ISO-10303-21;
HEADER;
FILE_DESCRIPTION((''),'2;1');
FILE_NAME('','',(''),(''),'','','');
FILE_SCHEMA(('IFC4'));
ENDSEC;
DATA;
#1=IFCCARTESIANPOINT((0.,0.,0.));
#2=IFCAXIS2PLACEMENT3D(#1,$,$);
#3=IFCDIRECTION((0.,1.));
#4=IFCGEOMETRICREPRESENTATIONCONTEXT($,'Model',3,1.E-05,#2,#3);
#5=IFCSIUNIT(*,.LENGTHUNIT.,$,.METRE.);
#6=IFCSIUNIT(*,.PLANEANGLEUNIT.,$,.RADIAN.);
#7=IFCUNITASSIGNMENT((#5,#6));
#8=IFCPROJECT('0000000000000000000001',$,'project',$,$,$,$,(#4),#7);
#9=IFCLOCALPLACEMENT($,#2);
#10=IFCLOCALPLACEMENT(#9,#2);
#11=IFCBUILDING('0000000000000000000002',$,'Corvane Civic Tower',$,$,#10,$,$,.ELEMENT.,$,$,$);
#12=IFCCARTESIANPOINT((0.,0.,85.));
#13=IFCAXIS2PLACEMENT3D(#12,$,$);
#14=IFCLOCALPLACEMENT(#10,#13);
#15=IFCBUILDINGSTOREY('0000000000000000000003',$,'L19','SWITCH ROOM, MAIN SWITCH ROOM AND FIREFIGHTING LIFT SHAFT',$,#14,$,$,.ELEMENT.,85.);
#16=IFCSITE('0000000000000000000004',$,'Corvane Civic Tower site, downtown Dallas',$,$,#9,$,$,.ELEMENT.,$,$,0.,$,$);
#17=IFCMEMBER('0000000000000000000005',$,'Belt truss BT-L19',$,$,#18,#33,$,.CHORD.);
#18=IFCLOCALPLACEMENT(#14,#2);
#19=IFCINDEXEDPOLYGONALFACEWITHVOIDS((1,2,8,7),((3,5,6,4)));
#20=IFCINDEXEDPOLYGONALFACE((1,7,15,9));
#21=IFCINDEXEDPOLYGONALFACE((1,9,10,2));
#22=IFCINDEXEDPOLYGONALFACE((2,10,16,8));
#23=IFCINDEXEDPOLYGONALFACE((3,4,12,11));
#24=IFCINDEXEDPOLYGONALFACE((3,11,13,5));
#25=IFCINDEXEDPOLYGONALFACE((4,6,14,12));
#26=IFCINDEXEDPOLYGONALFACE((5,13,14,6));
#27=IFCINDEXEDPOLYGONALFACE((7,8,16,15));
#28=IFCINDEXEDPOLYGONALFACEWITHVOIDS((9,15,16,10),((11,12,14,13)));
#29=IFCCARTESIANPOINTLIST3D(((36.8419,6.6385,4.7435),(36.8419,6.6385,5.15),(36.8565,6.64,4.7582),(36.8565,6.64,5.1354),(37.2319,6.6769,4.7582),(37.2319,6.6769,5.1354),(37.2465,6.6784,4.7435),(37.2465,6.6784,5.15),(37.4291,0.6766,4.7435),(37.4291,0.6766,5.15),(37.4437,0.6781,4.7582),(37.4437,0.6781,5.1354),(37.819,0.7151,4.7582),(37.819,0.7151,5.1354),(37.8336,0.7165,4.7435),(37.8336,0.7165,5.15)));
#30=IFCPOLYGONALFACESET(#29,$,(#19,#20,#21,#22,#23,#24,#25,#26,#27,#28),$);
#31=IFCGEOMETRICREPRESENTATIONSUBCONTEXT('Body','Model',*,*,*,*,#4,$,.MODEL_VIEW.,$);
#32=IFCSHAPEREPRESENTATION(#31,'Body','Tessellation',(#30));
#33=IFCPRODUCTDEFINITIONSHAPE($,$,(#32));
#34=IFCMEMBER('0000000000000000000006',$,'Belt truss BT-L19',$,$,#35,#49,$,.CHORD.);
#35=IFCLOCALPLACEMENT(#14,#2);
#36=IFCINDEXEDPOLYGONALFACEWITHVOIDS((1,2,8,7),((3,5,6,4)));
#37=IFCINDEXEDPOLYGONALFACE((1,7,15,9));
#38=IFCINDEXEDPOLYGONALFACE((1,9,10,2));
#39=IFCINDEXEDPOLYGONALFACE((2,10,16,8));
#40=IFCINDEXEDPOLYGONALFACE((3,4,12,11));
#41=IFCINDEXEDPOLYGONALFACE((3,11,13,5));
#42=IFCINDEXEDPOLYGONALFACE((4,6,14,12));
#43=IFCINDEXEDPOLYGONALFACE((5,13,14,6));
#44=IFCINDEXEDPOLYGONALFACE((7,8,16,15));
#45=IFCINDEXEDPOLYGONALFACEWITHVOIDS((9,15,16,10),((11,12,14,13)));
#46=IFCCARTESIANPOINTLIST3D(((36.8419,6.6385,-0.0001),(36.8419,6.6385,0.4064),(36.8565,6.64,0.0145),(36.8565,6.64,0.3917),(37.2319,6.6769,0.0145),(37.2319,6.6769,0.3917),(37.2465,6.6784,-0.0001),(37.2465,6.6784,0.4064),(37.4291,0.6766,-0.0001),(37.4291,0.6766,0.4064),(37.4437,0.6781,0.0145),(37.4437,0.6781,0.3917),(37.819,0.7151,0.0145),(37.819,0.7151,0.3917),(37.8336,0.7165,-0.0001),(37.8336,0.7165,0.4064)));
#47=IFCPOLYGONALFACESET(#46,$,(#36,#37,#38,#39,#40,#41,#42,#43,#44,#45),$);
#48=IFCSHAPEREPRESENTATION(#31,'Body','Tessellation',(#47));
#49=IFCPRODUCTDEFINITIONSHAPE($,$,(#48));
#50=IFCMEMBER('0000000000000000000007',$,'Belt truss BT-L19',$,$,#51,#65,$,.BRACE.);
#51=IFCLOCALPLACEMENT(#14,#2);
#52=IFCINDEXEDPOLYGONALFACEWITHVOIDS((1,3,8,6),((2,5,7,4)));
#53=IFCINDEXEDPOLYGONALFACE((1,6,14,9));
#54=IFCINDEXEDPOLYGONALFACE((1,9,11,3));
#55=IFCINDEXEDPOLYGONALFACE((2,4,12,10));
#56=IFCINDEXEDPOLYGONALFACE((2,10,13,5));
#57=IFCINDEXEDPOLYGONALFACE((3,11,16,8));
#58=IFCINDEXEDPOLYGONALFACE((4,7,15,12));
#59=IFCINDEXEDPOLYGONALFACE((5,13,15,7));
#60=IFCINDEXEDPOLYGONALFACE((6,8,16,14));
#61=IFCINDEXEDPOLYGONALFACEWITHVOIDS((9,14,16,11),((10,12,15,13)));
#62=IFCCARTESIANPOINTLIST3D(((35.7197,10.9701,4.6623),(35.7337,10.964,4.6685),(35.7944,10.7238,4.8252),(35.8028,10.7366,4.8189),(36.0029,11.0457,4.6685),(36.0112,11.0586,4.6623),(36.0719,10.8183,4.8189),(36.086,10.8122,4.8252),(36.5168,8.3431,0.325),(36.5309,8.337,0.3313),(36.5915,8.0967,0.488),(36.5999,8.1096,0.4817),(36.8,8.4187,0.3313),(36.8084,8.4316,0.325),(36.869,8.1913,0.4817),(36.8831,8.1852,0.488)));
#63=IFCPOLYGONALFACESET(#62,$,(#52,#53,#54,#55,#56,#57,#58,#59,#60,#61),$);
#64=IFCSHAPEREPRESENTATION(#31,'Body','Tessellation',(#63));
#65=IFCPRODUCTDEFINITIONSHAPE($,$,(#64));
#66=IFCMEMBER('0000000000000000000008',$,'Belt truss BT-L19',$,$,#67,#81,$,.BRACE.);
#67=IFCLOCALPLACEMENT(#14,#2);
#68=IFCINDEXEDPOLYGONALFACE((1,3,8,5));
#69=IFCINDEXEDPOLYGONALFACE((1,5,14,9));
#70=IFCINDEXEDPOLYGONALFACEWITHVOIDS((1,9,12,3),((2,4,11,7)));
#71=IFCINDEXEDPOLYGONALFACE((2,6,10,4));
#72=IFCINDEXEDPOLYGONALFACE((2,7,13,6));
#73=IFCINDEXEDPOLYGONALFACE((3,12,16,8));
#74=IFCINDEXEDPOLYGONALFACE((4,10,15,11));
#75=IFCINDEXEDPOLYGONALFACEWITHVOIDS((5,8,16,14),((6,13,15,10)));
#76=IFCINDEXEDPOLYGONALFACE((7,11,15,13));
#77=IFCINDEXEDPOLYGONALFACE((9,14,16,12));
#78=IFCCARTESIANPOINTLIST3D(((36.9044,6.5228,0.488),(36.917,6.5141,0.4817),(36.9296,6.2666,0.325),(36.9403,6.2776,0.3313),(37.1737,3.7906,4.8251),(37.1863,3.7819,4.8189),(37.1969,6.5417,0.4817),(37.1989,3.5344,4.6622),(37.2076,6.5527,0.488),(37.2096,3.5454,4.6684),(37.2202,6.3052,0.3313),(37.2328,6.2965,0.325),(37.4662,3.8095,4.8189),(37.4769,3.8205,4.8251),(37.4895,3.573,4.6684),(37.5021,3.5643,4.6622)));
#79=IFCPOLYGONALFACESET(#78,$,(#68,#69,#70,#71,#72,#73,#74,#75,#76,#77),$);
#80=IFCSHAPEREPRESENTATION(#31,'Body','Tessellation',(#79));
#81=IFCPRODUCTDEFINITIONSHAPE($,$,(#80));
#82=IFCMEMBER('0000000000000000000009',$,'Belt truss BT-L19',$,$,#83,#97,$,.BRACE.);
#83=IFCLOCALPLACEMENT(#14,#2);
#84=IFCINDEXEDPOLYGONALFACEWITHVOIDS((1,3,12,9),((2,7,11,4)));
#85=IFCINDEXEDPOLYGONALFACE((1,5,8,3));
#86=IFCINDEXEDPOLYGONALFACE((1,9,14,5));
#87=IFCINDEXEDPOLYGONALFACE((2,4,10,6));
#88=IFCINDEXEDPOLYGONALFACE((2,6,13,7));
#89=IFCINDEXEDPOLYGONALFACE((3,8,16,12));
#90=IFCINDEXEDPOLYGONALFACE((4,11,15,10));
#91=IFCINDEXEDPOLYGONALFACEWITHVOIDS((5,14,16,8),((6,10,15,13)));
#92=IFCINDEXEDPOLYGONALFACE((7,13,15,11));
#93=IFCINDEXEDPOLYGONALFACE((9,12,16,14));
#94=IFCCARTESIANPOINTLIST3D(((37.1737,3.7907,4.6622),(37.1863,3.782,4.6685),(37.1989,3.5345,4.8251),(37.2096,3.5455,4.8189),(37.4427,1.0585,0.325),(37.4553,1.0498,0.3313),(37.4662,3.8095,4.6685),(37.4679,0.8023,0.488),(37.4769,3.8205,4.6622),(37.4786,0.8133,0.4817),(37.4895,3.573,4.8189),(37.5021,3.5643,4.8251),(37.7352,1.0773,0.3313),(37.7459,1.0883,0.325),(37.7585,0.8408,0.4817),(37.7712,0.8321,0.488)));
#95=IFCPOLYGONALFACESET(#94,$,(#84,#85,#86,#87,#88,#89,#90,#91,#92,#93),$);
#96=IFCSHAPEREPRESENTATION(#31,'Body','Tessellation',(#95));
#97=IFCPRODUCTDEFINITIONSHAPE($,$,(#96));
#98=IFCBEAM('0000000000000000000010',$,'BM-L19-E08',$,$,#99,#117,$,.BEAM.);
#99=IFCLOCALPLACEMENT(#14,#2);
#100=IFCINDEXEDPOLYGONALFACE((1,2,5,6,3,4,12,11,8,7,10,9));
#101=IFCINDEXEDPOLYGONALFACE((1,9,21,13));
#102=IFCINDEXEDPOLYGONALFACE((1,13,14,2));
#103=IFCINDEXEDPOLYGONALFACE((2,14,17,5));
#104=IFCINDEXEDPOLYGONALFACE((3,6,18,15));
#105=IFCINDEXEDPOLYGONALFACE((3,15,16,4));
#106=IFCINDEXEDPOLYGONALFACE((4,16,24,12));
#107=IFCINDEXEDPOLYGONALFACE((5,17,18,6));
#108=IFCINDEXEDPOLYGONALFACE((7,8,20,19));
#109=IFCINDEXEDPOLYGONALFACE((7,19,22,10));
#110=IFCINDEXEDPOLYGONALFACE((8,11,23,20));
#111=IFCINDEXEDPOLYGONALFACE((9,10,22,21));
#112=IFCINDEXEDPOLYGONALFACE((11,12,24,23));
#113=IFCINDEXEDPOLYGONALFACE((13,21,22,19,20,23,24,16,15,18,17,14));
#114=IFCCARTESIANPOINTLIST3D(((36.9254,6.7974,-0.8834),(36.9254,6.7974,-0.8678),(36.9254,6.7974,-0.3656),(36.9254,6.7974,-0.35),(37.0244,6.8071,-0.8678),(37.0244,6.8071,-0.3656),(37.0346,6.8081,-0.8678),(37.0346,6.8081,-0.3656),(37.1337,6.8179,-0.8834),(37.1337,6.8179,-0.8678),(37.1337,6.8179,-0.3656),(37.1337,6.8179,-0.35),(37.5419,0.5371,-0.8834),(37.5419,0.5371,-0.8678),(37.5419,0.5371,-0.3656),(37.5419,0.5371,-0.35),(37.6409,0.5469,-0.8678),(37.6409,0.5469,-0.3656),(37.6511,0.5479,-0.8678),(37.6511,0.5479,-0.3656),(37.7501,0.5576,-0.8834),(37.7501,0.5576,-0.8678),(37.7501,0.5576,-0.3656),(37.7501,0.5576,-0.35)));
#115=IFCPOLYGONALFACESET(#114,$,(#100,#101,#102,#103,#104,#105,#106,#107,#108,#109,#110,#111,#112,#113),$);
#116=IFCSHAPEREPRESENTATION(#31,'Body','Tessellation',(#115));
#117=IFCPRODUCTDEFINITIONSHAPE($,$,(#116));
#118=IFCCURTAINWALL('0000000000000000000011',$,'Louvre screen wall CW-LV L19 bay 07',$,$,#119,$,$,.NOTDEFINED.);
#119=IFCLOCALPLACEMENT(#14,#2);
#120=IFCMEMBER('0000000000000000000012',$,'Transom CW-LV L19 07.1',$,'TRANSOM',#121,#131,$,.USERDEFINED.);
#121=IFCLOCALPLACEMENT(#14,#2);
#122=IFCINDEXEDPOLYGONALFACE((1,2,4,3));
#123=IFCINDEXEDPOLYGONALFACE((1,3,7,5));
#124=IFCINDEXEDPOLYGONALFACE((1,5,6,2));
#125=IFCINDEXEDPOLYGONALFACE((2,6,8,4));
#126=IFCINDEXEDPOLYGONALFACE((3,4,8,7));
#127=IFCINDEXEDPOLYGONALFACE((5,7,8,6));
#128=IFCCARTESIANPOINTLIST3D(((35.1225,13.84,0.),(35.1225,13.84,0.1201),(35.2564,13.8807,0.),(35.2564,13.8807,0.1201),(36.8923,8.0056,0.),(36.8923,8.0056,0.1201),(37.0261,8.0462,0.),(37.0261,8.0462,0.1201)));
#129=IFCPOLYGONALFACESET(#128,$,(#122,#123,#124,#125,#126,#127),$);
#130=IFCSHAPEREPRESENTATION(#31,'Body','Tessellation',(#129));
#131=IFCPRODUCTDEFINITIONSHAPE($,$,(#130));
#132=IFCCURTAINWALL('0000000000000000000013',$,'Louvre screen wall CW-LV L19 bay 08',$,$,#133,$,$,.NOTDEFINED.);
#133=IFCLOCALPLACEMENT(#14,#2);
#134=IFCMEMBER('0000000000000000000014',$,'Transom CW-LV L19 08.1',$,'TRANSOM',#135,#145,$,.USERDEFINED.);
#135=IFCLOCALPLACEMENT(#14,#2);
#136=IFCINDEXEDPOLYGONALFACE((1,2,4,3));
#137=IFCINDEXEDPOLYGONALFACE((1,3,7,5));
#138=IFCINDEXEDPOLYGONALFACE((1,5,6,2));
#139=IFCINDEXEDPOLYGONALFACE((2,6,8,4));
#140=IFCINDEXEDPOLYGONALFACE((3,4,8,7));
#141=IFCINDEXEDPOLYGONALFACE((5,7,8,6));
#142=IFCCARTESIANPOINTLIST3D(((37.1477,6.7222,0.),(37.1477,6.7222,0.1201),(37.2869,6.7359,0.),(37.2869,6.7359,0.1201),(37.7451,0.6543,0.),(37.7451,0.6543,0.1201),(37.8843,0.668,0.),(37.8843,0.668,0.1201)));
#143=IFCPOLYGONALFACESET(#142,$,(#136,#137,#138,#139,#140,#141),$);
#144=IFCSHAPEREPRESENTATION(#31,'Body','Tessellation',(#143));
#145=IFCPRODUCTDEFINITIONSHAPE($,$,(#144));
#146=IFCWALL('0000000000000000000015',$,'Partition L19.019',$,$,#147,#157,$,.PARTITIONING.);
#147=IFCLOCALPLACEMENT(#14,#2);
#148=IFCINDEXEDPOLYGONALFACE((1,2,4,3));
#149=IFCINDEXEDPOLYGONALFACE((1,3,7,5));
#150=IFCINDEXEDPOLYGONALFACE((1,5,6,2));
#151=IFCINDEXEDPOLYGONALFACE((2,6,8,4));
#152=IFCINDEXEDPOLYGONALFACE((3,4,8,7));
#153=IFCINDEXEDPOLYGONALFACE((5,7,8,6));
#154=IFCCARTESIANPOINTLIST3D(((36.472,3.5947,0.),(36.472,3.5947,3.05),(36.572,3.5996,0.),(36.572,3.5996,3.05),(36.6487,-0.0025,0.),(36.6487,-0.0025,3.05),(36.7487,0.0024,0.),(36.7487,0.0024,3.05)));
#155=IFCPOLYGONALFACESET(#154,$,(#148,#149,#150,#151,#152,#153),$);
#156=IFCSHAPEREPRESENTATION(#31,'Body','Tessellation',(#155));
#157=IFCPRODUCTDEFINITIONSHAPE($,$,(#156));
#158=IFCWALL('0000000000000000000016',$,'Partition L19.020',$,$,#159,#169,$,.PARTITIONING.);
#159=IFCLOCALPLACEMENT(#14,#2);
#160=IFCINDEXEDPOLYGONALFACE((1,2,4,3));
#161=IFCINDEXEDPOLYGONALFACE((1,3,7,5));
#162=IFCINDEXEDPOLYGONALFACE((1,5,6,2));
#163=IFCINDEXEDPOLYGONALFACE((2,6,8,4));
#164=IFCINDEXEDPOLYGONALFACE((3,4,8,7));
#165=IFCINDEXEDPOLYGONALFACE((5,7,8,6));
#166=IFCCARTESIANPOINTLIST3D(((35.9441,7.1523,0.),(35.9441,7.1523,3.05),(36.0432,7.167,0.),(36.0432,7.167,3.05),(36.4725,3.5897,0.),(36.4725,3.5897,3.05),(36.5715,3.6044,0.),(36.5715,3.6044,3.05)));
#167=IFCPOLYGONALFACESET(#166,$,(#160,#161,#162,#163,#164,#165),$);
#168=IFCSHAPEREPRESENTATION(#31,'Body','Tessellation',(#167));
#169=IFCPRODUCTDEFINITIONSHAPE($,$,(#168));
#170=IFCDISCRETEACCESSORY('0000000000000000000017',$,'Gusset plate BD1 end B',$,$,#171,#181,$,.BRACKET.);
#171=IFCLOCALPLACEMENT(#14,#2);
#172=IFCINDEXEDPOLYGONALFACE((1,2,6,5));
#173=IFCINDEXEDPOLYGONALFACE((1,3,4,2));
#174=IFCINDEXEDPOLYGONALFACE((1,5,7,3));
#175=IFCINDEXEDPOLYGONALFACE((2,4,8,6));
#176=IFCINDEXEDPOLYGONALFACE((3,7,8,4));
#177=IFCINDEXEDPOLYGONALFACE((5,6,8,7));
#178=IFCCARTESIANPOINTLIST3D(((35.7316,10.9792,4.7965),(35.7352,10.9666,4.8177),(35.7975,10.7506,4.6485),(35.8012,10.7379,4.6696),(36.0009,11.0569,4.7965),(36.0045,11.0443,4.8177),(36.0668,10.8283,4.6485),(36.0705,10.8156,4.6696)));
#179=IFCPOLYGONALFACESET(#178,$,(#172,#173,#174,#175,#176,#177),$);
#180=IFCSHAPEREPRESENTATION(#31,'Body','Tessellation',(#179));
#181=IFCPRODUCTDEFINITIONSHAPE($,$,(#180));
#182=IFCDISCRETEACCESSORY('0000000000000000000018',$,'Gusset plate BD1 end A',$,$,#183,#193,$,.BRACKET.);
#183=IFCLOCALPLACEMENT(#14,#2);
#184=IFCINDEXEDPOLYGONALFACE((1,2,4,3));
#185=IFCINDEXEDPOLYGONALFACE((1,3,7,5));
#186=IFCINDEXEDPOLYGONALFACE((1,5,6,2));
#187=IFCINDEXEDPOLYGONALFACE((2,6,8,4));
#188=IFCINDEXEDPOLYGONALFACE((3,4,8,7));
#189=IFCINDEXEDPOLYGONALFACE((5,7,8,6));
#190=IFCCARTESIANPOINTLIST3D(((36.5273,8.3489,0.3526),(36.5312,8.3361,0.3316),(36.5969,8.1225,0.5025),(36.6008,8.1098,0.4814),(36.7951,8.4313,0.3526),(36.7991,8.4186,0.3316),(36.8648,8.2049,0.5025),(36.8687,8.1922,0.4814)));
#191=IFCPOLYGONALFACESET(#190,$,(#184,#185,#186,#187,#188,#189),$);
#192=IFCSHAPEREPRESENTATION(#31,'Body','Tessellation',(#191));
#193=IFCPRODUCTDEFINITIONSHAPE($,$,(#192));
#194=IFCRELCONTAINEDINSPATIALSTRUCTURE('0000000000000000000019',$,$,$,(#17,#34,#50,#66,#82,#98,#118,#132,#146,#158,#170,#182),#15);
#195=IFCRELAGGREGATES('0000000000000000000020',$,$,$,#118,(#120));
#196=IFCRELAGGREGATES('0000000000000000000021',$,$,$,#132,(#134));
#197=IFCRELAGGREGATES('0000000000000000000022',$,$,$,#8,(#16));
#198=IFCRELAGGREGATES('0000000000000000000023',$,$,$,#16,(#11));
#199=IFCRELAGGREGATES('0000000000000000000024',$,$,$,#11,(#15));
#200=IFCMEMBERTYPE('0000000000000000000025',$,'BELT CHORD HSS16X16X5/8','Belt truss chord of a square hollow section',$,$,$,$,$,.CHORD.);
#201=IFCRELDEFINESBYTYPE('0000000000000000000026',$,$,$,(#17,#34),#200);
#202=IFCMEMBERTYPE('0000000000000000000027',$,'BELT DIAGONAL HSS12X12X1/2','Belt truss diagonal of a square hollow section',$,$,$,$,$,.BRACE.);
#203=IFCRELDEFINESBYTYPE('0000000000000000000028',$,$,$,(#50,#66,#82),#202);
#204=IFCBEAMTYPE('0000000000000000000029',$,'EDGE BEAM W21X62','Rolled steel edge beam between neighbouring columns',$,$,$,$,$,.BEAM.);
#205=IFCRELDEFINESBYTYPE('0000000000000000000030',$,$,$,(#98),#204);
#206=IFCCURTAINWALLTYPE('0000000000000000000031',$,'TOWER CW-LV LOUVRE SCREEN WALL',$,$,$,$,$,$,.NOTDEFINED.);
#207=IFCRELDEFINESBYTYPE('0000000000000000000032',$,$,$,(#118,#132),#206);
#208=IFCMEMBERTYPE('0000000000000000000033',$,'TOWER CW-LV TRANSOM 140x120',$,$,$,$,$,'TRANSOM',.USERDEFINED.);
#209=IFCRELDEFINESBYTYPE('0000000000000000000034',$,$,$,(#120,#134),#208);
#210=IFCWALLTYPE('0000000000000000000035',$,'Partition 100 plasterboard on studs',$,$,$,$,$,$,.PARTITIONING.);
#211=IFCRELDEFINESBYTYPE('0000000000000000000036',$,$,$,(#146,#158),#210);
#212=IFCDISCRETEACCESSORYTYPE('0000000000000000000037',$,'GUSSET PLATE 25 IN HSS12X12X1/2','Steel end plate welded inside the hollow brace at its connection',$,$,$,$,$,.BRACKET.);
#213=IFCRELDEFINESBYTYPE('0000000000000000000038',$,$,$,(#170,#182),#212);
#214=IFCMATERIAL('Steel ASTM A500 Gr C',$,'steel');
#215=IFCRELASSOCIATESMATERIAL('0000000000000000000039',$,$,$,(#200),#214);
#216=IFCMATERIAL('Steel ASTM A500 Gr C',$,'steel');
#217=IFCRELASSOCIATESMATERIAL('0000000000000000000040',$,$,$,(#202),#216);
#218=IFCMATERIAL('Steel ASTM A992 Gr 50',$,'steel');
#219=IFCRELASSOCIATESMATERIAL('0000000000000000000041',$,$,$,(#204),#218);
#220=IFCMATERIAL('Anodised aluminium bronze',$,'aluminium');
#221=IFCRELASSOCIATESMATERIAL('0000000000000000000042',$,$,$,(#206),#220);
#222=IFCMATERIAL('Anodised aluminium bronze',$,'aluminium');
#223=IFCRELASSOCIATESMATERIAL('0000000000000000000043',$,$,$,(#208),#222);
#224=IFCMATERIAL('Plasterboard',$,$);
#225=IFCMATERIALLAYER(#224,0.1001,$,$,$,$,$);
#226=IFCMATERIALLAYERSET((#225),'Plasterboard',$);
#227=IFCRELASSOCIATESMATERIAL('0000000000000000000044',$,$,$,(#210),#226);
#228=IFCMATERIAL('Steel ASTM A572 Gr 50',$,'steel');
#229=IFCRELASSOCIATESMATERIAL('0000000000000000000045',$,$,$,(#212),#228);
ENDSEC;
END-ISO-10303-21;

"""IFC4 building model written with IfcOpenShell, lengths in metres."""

from ifc_helpers import new_model, si_unit, direction, frame, frame_2d, origin, origin_2d, place, context, subcontext, project, spatial, rectangle, hollow_rectangle, i_section, extrude, material, layer, layer_set, material_profile, profile_set, type_object, element, aggregate, save


model = new_model("IFC4")

# Units and contexts
model_context = context("Model", 3, precision=1e-05, world=origin(), true_north=direction((0.0, 1.0)))
body_context = subcontext(model_context, "Body", "Model", "MODEL_VIEW")
ifc_project = project(units=[si_unit("LENGTHUNIT", "METRE"), si_unit("PLANEANGLEUNIT", "RADIAN")], contexts=[model_context])

# Site, building, storey
site_placement = place(None, origin())
site = spatial("IfcSite", under=ifc_project, at=site_placement, Name="Corvane Civic Tower site, downtown Dallas", CompositionType="ELEMENT", RefElevation=0.0)
building_placement = place(site_placement, origin())
building = spatial("IfcBuilding", under=site, at=building_placement, Name="Corvane Civic Tower", CompositionType="ELEMENT")
storey_placement = place(building_placement, frame((0.0, 0.0, 85.0)))
storey = spatial("IfcBuildingStorey", under=building, at=storey_placement, Name="L19", Description="SWITCH ROOM, MAIN SWITCH ROOM AND FIREFIGHTING LIFT SHAFT", CompositionType="ELEMENT", Elevation=85.0)

# Members
ifc_material_1 = material(Name="Steel ASTM A500 Gr C", Category="steel")
ifc_material_profile_1 = material_profile(ifc_material_1, hollow_rectangle(XDim=0.4065, YDim=0.4065, WallThickness=0.0146, at=origin_2d()), Name="HSS16X16X5/8")
ifc_profile_set_1 = profile_set([ifc_material_profile_1], Name="Steel ASTM A500 Gr C")
member_type_1 = type_object("IfcMemberType", Name="BELT CHORD HSS16X16X5/8", Description="Belt truss chord of a square hollow section", PredefinedType="CHORD", material=ifc_profile_set_1)
for number, where, z_axis, x_axis, name in (
    (1, (37.0442, 6.6584, 4.9468), (0.098011, -0.995185, 0.0), (0.995185, 0.098011, 0.0), "Belt truss BT-L19"),
    (2, (37.0442, 6.6584, 0.2031), (0.098011, -0.995185, 0.0), (0.995185, 0.098011, 0.0), "Belt truss BT-L19"),
):
    element("IfcMember", number, at=place(storey_placement, frame(where, z_axis=z_axis, x_axis=x_axis)), inside=storey, type_object=member_type_1, Name=name, PredefinedType="CHORD", context=body_context, shape_type="SweptSolid", body=[
        extrude(hollow_rectangle(XDim=0.4065, YDim=0.4065, WallThickness=0.0146, at=origin_2d()), origin(), (0.0, 0.0, 1.0), 5.9907),
    ])
ifc_material_2 = material(Name="Steel ASTM A500 Gr C", Category="steel")
ifc_material_profile_2 = material_profile(ifc_material_2, hollow_rectangle(XDim=0.3047, YDim=0.3047, WallThickness=0.0117, at=origin_2d()), Name="HSS12X12X1/2")
ifc_profile_set_2 = profile_set([ifc_material_profile_2], Name="Steel ASTM A500 Gr C")
member_type_2 = type_object("IfcMemberType", Name="BELT DIAGONAL HSS12X12X1/2", Description="Belt truss diagonal of a square hollow section", PredefinedType="BRACE", material=ifc_profile_set_2)
for number, where, z_axis, x_axis, name in (
    (3, (36.7, 8.2642, 0.4065), (-0.155294, 0.511782, 0.844963), (-0.956916, -0.290365, 0.0), "Belt truss BT-L19"),
    (4, (37.0686, 6.4097, 0.4065), (0.052461, -0.532271, 0.844947), (0.995178, 0.098086, 0.0), "Belt truss BT-L19"),
    (5, (37.6069, 0.9453, 0.4065), (-0.052414, 0.532273, 0.844949), (-0.995187, -0.097998, 0.0), "Belt truss BT-L19"),
):
    element("IfcMember", number, at=place(storey_placement, frame(where, z_axis=z_axis, x_axis=x_axis)), inside=storey, type_object=member_type_2, Name=name, PredefinedType="BRACE", context=body_context, shape_type="SweptSolid", body=[
        extrude(hollow_rectangle(XDim=0.3047, YDim=0.3047, WallThickness=0.0117, at=origin_2d()), origin(), (0.0, 0.0, 1.0), 5.1331),
    ])

# Beam
ifc_material_3 = material(Name="Steel ASTM A992 Gr 50", Category="steel")
ifc_material_profile_3 = material_profile(ifc_material_3, i_section(OverallWidth=0.2092, OverallDepth=0.5334, WebThickness=0.0103, FlangeThickness=0.0156, at=origin_2d()), Name="W21X62")
ifc_profile_set_3 = profile_set([ifc_material_profile_3], Name="Steel ASTM A992 Gr 50")
beam_type = type_object("IfcBeamType", Name="EDGE BEAM W21X62", Description="Rolled steel edge beam between neighbouring columns", PredefinedType="BEAM", material=ifc_profile_set_3)
beam_placement = place(storey_placement, frame((37.0295, 6.8076, -0.6167), z_axis=(0.097997, -0.995187, 0.0), x_axis=(0.995187, 0.097997, 0.0)))
element("IfcBeam", 6, at=beam_placement, inside=storey, type_object=beam_type, Name="BM-L19-E08", PredefinedType="BEAM", context=body_context, shape_type="SweptSolid", body=[
    extrude(i_section(OverallWidth=0.2092, OverallDepth=0.5334, WebThickness=0.0103, FlangeThickness=0.0156, at=origin_2d()), origin(), (0.0, 0.0, 1.0), 6.2905),
])

# Curtain walls, members
ifc_material_4 = material(Name="Anodised aluminium bronze", Category="aluminium")
curtain_wall_type = type_object("IfcCurtainWallType", Name="TOWER CW-LV LOUVRE SCREEN WALL", PredefinedType="NOTDEFINED", material=ifc_material_4)
curtain_wall_1_placement = place(storey_placement, origin())
curtain_wall_1 = element("IfcCurtainWall", 7, at=curtain_wall_1_placement, inside=storey, type_object=curtain_wall_type, Name="Louvre screen wall CW-LV L19 bay 07", PredefinedType="NOTDEFINED")
ifc_material_5 = material(Name="Anodised aluminium bronze", Category="aluminium")
ifc_material_profile_4 = material_profile(ifc_material_5, rectangle(XDim=0.1399, YDim=0.1201, at=origin_2d()), Name="TOWER CW-LV TRANSOM 140x120")
ifc_profile_set_4 = profile_set([ifc_material_profile_4], Name="Anodised aluminium bronze")
member_type_3 = type_object("IfcMemberType", Name="TOWER CW-LV TRANSOM 140x120", ElementType="TRANSOM", PredefinedType="USERDEFINED", material=ifc_profile_set_4)
member_1_placement = place(storey_placement, frame((35.1895, 13.8604, 0.0601), z_axis=(0.290271, -0.956945, 0.0), x_axis=(0.956945, 0.290271, 0.0)))
member_1 = element("IfcMember", 8, at=member_1_placement, type_object=member_type_3, Name="Transom CW-LV L19 07.1", ObjectType="TRANSOM", PredefinedType="USERDEFINED", context=body_context, shape_type="SweptSolid", body=[
    extrude(rectangle(XDim=0.1399, YDim=0.1201, at=origin_2d()), origin(), (0.0, 0.0, 1.0), 6.0969),
])
curtain_wall_2_placement = place(storey_placement, origin())
curtain_wall_2 = element("IfcCurtainWall", 9, at=curtain_wall_2_placement, inside=storey, type_object=curtain_wall_type, Name="Louvre screen wall CW-LV L19 bay 08", PredefinedType="NOTDEFINED")
member_2_placement = place(storey_placement, frame((37.2173, 6.729, 0.0601), z_axis=(0.097981, -0.995188, 0.0), x_axis=(0.995188, 0.097981, 0.0)))
member_2 = element("IfcMember", 10, at=member_2_placement, type_object=member_type_3, Name="Transom CW-LV L19 08.1", ObjectType="TRANSOM", PredefinedType="USERDEFINED", context=body_context, shape_type="SweptSolid", body=[
    extrude(rectangle(XDim=0.1399, YDim=0.1201, at=origin_2d()), origin(), (0.0, 0.0, 1.0), 6.0972),
])

# Walls
ifc_material_6 = material(Name="Plasterboard")
ifc_layer = layer(ifc_material_6, 0.1001)
ifc_layer_set = layer_set([ifc_layer], Name="Plasterboard")
wall_type = type_object("IfcWallType", Name="Partition 100 plasterboard on studs", PredefinedType="PARTITIONING", material=ifc_layer_set)
for number, where, z_axis, x_axis, name in (
    (11, (36.522, 3.5972, 0.0), (0.0, 0.0, 1.0), (0.049079, -0.998795, 0.0), "Partition L19.019"),
    (12, (35.9937, 7.1597, 0.0), (0.0, 0.0, 1.0), (0.146696, -0.989182, 0.0), "Partition L19.020"),
):
    element("IfcWall", number, at=place(storey_placement, frame(where, z_axis=z_axis, x_axis=x_axis)), inside=storey, type_object=wall_type, Name=name, PredefinedType="PARTITIONING", context=body_context, shape_type="SweptSolid", body=[
        extrude(rectangle(XDim=3.6016, YDim=0.1001, at=frame_2d((1.8008, 0.0))), origin(), (0.0, 0.0, 1.0), 3.05),
    ])

aggregate(curtain_wall_1, [member_1])
aggregate(curtain_wall_2, [member_2])

# Discrete accessories
ifc_material_7 = material(Name="Steel ASTM A572 Gr 50", Category="steel")
ifc_material_profile_5 = material_profile(ifc_material_7, rectangle(XDim=0.2803, YDim=0.2803, at=origin_2d()), Name="GUSSET PLATE 25 IN HSS12X12X1/2")
ifc_profile_set_5 = profile_set([ifc_material_profile_5], Name="Steel ASTM A572 Gr 50")
discrete_accessory_type = type_object("IfcDiscreteAccessoryType", Name="GUSSET PLATE 25 IN HSS12X12X1/2", Description="Steel end plate welded inside the hollow brace at its connection", PredefinedType="BRACKET", material=ifc_profile_set_5)
for number, where, z_axis, x_axis, name in (
    (13, (35.9028, 10.8911, 4.7437), (-0.146399, 0.507516, -0.849114), (-0.960824, -0.277161, 0.0), "Gusset plate BD1 end B"),
    (14, (36.7, 8.2642, 0.4065), (-0.157226, 0.510984, 0.845089), (-0.955779, -0.294086, 0.0), "Gusset plate BD1 end A"),
):
    element("IfcDiscreteAccessory", number, at=place(storey_placement, frame(where, z_axis=z_axis, x_axis=x_axis)), inside=storey, type_object=discrete_accessory_type, Name=name, PredefinedType="BRACKET", context=body_context, shape_type="SweptSolid", body=[
        extrude(rectangle(XDim=0.2803, YDim=0.2803, at=origin_2d()), origin(), (0.0, 0.0, 1.0), 0.0249),
    ])

save(model, "model.ifc")
